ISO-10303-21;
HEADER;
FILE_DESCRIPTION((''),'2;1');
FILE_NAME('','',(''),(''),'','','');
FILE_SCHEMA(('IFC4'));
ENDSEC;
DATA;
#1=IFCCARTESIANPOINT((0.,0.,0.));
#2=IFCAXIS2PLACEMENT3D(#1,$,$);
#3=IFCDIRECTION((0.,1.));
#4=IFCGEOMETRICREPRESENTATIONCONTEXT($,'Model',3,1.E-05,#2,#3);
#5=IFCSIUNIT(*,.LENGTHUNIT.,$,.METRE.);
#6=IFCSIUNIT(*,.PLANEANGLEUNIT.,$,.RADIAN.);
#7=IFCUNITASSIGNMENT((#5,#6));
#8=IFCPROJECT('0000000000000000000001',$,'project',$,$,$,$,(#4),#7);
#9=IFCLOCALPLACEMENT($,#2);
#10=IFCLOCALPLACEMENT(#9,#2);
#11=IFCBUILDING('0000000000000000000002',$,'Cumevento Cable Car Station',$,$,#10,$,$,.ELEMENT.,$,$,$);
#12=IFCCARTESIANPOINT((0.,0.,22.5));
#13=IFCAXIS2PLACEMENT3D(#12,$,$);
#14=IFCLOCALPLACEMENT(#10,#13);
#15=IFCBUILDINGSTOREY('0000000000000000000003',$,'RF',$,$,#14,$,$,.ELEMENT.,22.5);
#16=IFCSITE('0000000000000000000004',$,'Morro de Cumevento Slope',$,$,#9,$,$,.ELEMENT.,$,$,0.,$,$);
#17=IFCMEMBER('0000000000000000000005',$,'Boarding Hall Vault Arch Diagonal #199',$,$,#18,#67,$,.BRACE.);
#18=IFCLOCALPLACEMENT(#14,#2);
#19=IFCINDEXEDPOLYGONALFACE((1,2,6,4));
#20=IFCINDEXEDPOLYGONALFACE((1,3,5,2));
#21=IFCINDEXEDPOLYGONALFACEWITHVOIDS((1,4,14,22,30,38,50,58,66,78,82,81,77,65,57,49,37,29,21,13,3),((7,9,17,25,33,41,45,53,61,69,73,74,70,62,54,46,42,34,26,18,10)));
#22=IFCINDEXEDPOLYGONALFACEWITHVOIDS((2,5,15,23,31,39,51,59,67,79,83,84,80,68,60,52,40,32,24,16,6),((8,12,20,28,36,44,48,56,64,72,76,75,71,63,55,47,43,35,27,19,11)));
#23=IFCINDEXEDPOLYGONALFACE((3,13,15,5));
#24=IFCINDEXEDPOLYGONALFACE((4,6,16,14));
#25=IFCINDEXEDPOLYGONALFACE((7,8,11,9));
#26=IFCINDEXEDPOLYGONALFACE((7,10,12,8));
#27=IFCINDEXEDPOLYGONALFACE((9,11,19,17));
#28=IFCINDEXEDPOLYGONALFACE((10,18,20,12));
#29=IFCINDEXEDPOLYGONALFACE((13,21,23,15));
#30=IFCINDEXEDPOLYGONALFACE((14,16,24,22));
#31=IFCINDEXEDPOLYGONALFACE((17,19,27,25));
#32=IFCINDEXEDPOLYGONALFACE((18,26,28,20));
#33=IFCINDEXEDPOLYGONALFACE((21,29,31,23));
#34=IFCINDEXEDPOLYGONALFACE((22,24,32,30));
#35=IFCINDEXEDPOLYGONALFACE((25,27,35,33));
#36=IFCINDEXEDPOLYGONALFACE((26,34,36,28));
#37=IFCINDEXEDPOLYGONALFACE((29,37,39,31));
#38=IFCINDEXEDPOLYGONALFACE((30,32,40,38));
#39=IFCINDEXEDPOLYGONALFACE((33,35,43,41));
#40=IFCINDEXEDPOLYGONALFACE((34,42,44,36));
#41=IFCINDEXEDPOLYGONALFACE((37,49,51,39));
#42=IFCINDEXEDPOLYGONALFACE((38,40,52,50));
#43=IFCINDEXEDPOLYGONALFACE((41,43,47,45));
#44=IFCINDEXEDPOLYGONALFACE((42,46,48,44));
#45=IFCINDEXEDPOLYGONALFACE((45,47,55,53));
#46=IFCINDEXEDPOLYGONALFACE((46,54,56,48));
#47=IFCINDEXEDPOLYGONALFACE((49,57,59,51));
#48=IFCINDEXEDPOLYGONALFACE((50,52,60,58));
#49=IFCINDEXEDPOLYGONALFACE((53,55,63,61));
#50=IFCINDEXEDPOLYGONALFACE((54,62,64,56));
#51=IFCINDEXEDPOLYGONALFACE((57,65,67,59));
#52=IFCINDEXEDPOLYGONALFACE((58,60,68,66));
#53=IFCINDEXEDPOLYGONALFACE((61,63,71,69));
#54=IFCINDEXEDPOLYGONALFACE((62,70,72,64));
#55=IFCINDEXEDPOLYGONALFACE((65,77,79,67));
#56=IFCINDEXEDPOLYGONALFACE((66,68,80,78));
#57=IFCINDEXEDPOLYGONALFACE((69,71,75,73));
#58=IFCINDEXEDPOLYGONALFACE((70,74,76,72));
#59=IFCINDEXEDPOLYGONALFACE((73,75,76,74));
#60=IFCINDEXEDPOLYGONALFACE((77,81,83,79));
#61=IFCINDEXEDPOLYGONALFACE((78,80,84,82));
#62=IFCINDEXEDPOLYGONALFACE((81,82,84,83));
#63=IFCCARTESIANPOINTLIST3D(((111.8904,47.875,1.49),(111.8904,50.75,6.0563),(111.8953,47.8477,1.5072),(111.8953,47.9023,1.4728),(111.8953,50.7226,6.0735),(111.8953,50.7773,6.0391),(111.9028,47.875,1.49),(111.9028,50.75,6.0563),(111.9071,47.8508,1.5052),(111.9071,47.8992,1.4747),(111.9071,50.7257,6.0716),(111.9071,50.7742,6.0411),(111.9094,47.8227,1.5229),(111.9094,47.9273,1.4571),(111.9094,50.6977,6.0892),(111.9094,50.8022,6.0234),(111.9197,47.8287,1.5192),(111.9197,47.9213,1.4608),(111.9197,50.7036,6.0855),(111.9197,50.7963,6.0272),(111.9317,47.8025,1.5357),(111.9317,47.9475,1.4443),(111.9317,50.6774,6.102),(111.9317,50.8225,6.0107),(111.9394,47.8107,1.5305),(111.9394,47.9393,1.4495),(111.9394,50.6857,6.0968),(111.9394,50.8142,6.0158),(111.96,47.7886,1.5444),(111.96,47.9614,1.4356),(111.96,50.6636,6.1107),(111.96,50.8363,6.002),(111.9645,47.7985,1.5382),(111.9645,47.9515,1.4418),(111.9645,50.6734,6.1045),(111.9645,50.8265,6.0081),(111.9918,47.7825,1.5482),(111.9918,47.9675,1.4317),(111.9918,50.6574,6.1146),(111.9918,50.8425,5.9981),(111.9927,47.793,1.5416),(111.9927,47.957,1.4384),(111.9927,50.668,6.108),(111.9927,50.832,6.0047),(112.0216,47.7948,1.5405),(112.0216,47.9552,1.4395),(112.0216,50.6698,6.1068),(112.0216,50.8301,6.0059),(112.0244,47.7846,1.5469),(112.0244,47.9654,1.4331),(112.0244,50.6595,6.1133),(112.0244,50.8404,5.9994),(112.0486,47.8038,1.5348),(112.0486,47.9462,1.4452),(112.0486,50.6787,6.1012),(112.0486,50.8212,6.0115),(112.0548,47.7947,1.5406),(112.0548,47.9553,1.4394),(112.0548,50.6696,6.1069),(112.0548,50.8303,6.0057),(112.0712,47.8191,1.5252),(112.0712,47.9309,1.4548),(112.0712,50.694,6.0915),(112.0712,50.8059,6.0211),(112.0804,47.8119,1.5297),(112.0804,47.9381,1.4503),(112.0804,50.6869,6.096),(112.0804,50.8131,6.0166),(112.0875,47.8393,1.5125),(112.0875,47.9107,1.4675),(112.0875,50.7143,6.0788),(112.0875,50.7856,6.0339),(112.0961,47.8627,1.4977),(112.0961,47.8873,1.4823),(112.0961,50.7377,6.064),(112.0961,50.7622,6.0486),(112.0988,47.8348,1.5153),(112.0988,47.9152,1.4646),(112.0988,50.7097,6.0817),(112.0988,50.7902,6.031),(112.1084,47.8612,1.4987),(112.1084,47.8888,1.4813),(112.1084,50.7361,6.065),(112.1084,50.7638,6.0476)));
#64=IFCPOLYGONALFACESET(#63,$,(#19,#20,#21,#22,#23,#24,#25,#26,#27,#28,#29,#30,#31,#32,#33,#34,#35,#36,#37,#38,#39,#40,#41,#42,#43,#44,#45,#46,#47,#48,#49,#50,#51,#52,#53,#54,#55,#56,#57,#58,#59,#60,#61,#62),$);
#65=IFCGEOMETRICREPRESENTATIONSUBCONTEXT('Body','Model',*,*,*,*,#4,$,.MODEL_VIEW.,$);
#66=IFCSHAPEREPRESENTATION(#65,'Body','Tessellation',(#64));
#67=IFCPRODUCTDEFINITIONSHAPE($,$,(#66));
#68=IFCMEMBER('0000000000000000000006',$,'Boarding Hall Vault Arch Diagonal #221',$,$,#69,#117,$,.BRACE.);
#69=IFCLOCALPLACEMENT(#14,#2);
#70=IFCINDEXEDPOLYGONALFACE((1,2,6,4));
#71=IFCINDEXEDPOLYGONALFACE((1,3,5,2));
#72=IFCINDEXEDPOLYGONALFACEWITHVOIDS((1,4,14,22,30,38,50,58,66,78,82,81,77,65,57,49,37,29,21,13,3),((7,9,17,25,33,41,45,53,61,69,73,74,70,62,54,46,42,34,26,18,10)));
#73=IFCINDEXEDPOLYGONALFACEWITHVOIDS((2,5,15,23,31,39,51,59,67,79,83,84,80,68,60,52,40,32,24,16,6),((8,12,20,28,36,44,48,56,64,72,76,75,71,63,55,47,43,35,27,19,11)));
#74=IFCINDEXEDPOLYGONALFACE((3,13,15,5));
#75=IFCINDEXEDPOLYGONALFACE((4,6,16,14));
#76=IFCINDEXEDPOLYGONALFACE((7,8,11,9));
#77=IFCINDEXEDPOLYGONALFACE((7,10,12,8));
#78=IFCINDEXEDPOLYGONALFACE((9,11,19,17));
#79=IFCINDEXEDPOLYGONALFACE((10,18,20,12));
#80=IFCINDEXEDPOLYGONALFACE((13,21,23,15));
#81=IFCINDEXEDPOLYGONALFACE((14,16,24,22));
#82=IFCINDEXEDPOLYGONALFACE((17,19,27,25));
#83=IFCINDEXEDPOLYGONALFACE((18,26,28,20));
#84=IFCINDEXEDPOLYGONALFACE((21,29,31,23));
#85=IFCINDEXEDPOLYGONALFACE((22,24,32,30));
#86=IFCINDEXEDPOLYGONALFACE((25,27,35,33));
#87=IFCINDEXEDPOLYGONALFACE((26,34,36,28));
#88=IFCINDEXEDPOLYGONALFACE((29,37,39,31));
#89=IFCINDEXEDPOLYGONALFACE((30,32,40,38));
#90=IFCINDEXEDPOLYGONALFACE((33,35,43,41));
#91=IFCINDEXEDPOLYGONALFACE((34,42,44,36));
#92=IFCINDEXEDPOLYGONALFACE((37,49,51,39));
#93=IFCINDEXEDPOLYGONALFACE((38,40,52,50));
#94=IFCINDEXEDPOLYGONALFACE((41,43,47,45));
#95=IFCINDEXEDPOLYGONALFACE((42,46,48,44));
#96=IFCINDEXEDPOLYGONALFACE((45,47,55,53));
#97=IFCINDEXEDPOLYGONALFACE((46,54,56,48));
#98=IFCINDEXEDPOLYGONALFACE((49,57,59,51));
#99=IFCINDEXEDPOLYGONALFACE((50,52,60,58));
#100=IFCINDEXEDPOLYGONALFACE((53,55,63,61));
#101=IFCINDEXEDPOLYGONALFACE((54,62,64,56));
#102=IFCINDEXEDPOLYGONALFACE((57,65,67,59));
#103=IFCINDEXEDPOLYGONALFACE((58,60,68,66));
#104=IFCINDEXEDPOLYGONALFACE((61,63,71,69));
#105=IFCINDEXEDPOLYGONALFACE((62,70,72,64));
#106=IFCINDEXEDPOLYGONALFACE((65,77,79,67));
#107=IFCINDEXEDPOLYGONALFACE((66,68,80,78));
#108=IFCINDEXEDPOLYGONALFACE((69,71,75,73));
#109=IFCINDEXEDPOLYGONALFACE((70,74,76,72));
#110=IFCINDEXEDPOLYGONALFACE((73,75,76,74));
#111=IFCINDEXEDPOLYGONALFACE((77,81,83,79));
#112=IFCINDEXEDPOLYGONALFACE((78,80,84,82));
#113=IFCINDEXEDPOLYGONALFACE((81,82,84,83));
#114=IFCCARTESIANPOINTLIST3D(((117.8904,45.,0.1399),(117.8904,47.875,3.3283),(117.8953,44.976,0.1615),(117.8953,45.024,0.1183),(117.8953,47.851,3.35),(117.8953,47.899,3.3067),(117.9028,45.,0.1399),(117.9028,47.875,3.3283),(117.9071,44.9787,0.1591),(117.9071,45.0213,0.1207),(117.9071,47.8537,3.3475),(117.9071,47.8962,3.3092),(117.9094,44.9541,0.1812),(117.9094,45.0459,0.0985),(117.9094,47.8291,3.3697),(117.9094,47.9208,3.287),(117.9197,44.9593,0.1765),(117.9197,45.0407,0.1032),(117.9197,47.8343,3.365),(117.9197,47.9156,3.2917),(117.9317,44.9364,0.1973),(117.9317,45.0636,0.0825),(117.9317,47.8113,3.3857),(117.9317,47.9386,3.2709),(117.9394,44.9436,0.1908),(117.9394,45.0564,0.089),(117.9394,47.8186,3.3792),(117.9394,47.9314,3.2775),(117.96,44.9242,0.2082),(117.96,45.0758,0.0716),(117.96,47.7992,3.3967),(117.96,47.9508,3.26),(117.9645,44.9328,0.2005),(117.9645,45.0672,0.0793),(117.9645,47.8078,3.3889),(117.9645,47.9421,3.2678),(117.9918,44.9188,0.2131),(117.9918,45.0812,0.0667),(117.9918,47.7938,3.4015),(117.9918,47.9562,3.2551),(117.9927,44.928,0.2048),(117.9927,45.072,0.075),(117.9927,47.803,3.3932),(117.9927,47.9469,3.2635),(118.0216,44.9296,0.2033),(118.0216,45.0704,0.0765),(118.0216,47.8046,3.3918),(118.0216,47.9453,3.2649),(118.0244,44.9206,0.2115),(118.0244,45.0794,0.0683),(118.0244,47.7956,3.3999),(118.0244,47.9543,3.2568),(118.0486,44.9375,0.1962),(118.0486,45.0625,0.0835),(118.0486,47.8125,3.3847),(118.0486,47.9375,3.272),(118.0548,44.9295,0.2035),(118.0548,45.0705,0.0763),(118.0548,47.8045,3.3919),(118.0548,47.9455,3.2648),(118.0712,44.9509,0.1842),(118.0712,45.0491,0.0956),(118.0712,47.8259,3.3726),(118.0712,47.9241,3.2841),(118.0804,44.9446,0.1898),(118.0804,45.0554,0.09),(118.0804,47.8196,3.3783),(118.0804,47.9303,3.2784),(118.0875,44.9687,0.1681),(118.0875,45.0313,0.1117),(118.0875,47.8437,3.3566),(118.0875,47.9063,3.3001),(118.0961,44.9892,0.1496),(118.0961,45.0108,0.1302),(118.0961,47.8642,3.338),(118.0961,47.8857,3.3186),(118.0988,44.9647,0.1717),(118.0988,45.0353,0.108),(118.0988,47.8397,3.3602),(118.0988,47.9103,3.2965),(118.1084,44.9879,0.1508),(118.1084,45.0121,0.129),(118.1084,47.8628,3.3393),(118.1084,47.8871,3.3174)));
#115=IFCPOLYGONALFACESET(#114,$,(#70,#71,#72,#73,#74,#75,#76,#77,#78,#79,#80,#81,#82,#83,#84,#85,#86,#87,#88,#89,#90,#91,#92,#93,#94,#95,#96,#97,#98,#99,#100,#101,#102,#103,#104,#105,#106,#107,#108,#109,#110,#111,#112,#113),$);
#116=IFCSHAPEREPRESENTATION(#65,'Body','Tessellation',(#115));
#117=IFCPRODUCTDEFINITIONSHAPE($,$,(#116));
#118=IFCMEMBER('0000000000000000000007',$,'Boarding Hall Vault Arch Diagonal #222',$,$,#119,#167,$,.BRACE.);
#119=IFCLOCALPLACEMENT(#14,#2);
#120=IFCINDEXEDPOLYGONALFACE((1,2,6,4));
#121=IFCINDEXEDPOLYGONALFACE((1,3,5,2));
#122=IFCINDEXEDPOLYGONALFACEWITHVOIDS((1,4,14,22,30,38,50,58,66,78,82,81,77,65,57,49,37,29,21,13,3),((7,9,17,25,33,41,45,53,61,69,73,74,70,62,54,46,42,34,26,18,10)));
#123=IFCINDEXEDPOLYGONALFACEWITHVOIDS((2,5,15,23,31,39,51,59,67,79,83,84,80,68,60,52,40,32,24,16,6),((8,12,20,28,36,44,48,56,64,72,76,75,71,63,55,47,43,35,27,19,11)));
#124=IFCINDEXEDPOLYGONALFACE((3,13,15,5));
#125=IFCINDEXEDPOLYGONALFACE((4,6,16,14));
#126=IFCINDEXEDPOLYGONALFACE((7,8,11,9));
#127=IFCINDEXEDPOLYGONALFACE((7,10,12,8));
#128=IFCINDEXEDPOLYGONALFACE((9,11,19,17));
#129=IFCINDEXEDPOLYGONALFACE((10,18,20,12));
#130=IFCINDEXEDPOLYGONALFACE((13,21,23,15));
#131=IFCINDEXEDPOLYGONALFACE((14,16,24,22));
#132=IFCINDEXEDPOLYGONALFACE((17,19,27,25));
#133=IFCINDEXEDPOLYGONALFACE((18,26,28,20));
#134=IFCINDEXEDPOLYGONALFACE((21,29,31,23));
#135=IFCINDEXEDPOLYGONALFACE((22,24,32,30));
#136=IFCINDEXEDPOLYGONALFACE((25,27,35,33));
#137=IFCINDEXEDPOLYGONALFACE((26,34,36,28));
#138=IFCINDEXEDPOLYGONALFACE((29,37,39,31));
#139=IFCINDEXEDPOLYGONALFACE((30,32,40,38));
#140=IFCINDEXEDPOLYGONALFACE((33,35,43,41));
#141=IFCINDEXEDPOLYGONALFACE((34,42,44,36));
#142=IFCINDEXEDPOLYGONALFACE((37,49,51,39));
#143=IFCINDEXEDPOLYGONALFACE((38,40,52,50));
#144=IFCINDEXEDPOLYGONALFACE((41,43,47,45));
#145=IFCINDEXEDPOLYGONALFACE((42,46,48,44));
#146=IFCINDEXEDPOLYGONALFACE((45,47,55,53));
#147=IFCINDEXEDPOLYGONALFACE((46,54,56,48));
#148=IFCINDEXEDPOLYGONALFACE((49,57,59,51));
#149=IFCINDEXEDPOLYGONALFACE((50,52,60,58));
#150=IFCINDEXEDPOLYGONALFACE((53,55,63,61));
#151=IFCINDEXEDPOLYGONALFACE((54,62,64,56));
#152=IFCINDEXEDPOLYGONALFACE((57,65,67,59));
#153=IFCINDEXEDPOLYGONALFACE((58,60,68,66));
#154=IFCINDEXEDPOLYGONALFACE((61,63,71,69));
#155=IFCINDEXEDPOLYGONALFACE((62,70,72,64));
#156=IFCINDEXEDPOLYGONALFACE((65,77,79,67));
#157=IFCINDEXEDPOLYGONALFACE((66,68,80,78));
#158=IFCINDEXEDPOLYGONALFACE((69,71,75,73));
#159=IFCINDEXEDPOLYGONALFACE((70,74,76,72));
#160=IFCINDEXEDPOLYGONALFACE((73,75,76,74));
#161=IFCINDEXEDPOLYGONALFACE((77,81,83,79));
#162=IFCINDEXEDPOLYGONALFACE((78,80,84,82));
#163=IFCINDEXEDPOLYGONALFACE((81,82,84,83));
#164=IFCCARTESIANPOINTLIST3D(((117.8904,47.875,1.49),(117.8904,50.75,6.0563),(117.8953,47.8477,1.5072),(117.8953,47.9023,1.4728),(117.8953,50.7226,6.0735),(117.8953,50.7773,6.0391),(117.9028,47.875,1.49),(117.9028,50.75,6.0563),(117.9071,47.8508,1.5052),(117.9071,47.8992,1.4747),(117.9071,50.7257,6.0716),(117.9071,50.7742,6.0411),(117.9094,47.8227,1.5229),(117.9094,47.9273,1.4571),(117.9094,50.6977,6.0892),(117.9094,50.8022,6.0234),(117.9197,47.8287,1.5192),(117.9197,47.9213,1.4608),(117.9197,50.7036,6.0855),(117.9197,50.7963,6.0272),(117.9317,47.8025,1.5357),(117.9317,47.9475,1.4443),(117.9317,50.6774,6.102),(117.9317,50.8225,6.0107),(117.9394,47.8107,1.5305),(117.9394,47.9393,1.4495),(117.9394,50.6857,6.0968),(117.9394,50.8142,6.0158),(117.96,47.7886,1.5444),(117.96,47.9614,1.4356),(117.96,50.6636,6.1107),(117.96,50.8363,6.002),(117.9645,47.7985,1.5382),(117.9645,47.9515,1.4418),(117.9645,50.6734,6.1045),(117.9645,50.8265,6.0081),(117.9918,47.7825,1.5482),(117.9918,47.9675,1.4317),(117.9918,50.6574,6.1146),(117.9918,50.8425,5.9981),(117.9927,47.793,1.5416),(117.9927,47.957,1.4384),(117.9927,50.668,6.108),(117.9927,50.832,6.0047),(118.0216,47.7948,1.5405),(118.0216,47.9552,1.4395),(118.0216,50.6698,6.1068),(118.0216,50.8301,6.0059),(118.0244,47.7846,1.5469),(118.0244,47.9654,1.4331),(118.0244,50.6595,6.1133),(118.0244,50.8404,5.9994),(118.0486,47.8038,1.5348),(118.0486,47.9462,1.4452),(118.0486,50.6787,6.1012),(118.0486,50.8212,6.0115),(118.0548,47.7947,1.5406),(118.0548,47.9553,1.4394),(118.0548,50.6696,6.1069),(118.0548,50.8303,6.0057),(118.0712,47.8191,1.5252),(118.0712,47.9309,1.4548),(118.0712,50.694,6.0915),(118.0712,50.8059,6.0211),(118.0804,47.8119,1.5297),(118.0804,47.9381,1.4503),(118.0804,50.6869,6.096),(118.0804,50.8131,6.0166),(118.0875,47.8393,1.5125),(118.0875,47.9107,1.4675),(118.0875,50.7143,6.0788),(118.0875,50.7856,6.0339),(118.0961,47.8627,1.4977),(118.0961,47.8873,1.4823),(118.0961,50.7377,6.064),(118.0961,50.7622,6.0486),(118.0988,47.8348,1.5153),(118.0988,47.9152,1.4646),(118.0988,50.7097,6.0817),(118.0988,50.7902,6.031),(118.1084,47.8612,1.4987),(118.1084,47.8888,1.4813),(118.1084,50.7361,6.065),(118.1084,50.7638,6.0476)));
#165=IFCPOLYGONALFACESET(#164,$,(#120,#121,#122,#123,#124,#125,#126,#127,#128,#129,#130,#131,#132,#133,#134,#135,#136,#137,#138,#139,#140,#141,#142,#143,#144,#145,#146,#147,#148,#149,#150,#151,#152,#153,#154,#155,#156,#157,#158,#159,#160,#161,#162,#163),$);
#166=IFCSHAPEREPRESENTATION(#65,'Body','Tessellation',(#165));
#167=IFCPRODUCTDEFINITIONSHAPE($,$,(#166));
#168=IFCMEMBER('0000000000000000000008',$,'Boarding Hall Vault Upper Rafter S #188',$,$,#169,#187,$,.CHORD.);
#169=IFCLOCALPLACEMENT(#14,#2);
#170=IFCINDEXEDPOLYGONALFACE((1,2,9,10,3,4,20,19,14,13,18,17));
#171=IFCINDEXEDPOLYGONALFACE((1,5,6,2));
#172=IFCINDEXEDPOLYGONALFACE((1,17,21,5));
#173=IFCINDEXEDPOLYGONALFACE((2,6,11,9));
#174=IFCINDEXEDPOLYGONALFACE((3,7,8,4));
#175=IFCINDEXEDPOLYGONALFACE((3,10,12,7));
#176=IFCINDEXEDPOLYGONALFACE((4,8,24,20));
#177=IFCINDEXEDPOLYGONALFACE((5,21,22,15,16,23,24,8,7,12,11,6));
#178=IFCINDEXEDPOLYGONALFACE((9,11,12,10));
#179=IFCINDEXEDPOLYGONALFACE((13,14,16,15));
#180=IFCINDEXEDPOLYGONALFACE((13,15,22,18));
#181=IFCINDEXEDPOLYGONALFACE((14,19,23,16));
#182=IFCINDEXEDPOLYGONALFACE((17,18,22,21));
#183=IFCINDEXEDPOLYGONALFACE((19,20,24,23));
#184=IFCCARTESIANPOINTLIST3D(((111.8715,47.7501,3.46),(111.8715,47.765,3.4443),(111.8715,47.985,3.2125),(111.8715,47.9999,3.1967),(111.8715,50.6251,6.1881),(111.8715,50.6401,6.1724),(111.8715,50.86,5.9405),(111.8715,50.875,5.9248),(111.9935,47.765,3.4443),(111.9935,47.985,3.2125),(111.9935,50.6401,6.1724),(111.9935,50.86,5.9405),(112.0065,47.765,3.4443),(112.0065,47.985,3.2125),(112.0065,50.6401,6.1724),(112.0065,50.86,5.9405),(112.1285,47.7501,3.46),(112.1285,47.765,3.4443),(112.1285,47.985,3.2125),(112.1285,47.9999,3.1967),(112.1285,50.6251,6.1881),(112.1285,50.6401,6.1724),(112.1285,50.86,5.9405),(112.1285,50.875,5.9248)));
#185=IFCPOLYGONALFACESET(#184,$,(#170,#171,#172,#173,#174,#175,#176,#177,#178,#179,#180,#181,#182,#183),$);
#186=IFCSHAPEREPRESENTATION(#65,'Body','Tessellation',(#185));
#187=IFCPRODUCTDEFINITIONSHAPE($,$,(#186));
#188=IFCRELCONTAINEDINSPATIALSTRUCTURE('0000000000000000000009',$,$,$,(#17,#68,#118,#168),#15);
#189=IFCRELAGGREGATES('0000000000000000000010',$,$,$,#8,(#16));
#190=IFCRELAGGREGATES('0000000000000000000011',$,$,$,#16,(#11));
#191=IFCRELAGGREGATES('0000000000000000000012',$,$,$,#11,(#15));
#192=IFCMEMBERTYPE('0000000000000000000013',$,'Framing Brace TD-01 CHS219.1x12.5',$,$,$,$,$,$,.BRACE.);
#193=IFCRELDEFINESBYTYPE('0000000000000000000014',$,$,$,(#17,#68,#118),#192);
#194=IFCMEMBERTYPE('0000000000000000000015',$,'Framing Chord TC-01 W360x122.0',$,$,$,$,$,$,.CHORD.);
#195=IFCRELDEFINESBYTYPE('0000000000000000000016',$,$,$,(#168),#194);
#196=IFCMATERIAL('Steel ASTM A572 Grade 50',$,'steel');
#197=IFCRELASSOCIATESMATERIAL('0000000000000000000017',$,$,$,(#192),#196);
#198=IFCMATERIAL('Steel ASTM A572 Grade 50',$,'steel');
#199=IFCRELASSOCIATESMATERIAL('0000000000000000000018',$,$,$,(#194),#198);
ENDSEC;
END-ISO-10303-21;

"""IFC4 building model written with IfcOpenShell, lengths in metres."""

from ifc_helpers import new_model, si_unit, direction, frame, origin, origin_2d, place, context, subcontext, project, spatial, hollow_circle, i_section, extrude, material, material_profile, profile_set, type_object, element, save


model = new_model("IFC4")

# Units and contexts
model_context = context("Model", 3, precision=1e-05, world=origin(), true_north=direction((0.0, 1.0)))
body_context = subcontext(model_context, "Body", "Model", "MODEL_VIEW")
ifc_project = project(units=[si_unit("LENGTHUNIT", "METRE"), si_unit("PLANEANGLEUNIT", "RADIAN")], contexts=[model_context])

# Site, building, storey
site_placement = place(None, origin())
site = spatial("IfcSite", under=ifc_project, at=site_placement, Name="Morro de Cumevento Slope", CompositionType="ELEMENT", RefElevation=0.0)
building_placement = place(site_placement, origin())
building = spatial("IfcBuilding", under=site, at=building_placement, Name="Cumevento Cable Car Station", CompositionType="ELEMENT")
storey_placement = place(building_placement, frame((0.0, 0.0, 22.5)))
storey = spatial("IfcBuildingStorey", under=building, at=storey_placement, Name="RF", CompositionType="ELEMENT", Elevation=22.5)

# Members
ifc_material_1 = material(Name="Steel ASTM A572 Grade 50", Category="steel")
ifc_material_profile_1 = material_profile(ifc_material_1, hollow_circle(Radius=0.1096, WallThickness=0.0125, at=origin_2d()), Name="CHS219.1x12.5")
ifc_profile_set_1 = profile_set([ifc_material_profile_1], Name="Steel ASTM A572 Grade 50")
member_type_1 = type_object("IfcMemberType", Name="Framing Brace TD-01 CHS219.1x12.5", PredefinedType="BRACE", material=ifc_profile_set_1)
member_1_placement = place(storey_placement, frame((112.0, 47.875, 1.49), z_axis=(0.0, 0.532794, 0.846245), x_axis=(-1.0, 0.0, 0.0)))
element("IfcMember", 1, at=member_1_placement, inside=storey, type_object=member_type_1, Name="Boarding Hall Vault Arch Diagonal #199", PredefinedType="BRACE", context=body_context, shape_type="SweptSolid", body=[
    extrude(hollow_circle(Radius=0.1096, WallThickness=0.0125, at=origin_2d()), origin(), (0.0, 0.0, 1.0), 5.396),
])
member_2_placement = place(storey_placement, frame((118.0, 45.0, 0.1399), z_axis=(0.0, 0.669656, 0.742672), x_axis=(-1.0, 0.0, 0.0)))
element("IfcMember", 2, at=member_2_placement, inside=storey, type_object=member_type_1, Name="Boarding Hall Vault Arch Diagonal #221", PredefinedType="BRACE", context=body_context, shape_type="SweptSolid", body=[
    extrude(hollow_circle(Radius=0.1096, WallThickness=0.0125, at=origin_2d()), origin(), (0.0, 0.0, 1.0), 4.2932),
])
member_3_placement = place(storey_placement, frame((118.0, 47.875, 1.49), z_axis=(0.0, 0.532794, 0.846245), x_axis=(-1.0, 0.0, 0.0)))
element("IfcMember", 3, at=member_3_placement, inside=storey, type_object=member_type_1, Name="Boarding Hall Vault Arch Diagonal #222", PredefinedType="BRACE", context=body_context, shape_type="SweptSolid", body=[
    extrude(hollow_circle(Radius=0.1096, WallThickness=0.0125, at=origin_2d()), origin(), (0.0, 0.0, 1.0), 5.396),
])
ifc_material_2 = material(Name="Steel ASTM A572 Grade 50", Category="steel")
ifc_material_profile_2 = material_profile(ifc_material_2, i_section(OverallWidth=0.2571, OverallDepth=0.363, WebThickness=0.0129, FlangeThickness=0.0217, at=origin_2d()), Name="W360x122.0")
ifc_profile_set_2 = profile_set([ifc_material_profile_2], Name="Steel ASTM A572 Grade 50")
member_type_2 = type_object("IfcMemberType", Name="Framing Chord TC-01 W360x122.0", PredefinedType="CHORD", material=ifc_profile_set_2)
for number, where, z_axis, x_axis, name in (
    (4, (112.0, 47.875, 3.3284), (0.0, 0.725405, 0.688322), (-1.0, 0.0, 0.0), "Boarding Hall Vault Upper Rafter S #188"),
):
    element("IfcMember", number, at=place(storey_placement, frame(where, z_axis=z_axis, x_axis=x_axis)), inside=storey, type_object=member_type_2, Name=name, PredefinedType="CHORD", context=body_context, shape_type="SweptSolid", body=[
        extrude(i_section(OverallWidth=0.2571, OverallDepth=0.363, WebThickness=0.0129, FlangeThickness=0.0217, at=origin_2d()), origin(), (0.0, 0.0, 1.0), 3.9634),
    ])

save(model, "model.ifc")
